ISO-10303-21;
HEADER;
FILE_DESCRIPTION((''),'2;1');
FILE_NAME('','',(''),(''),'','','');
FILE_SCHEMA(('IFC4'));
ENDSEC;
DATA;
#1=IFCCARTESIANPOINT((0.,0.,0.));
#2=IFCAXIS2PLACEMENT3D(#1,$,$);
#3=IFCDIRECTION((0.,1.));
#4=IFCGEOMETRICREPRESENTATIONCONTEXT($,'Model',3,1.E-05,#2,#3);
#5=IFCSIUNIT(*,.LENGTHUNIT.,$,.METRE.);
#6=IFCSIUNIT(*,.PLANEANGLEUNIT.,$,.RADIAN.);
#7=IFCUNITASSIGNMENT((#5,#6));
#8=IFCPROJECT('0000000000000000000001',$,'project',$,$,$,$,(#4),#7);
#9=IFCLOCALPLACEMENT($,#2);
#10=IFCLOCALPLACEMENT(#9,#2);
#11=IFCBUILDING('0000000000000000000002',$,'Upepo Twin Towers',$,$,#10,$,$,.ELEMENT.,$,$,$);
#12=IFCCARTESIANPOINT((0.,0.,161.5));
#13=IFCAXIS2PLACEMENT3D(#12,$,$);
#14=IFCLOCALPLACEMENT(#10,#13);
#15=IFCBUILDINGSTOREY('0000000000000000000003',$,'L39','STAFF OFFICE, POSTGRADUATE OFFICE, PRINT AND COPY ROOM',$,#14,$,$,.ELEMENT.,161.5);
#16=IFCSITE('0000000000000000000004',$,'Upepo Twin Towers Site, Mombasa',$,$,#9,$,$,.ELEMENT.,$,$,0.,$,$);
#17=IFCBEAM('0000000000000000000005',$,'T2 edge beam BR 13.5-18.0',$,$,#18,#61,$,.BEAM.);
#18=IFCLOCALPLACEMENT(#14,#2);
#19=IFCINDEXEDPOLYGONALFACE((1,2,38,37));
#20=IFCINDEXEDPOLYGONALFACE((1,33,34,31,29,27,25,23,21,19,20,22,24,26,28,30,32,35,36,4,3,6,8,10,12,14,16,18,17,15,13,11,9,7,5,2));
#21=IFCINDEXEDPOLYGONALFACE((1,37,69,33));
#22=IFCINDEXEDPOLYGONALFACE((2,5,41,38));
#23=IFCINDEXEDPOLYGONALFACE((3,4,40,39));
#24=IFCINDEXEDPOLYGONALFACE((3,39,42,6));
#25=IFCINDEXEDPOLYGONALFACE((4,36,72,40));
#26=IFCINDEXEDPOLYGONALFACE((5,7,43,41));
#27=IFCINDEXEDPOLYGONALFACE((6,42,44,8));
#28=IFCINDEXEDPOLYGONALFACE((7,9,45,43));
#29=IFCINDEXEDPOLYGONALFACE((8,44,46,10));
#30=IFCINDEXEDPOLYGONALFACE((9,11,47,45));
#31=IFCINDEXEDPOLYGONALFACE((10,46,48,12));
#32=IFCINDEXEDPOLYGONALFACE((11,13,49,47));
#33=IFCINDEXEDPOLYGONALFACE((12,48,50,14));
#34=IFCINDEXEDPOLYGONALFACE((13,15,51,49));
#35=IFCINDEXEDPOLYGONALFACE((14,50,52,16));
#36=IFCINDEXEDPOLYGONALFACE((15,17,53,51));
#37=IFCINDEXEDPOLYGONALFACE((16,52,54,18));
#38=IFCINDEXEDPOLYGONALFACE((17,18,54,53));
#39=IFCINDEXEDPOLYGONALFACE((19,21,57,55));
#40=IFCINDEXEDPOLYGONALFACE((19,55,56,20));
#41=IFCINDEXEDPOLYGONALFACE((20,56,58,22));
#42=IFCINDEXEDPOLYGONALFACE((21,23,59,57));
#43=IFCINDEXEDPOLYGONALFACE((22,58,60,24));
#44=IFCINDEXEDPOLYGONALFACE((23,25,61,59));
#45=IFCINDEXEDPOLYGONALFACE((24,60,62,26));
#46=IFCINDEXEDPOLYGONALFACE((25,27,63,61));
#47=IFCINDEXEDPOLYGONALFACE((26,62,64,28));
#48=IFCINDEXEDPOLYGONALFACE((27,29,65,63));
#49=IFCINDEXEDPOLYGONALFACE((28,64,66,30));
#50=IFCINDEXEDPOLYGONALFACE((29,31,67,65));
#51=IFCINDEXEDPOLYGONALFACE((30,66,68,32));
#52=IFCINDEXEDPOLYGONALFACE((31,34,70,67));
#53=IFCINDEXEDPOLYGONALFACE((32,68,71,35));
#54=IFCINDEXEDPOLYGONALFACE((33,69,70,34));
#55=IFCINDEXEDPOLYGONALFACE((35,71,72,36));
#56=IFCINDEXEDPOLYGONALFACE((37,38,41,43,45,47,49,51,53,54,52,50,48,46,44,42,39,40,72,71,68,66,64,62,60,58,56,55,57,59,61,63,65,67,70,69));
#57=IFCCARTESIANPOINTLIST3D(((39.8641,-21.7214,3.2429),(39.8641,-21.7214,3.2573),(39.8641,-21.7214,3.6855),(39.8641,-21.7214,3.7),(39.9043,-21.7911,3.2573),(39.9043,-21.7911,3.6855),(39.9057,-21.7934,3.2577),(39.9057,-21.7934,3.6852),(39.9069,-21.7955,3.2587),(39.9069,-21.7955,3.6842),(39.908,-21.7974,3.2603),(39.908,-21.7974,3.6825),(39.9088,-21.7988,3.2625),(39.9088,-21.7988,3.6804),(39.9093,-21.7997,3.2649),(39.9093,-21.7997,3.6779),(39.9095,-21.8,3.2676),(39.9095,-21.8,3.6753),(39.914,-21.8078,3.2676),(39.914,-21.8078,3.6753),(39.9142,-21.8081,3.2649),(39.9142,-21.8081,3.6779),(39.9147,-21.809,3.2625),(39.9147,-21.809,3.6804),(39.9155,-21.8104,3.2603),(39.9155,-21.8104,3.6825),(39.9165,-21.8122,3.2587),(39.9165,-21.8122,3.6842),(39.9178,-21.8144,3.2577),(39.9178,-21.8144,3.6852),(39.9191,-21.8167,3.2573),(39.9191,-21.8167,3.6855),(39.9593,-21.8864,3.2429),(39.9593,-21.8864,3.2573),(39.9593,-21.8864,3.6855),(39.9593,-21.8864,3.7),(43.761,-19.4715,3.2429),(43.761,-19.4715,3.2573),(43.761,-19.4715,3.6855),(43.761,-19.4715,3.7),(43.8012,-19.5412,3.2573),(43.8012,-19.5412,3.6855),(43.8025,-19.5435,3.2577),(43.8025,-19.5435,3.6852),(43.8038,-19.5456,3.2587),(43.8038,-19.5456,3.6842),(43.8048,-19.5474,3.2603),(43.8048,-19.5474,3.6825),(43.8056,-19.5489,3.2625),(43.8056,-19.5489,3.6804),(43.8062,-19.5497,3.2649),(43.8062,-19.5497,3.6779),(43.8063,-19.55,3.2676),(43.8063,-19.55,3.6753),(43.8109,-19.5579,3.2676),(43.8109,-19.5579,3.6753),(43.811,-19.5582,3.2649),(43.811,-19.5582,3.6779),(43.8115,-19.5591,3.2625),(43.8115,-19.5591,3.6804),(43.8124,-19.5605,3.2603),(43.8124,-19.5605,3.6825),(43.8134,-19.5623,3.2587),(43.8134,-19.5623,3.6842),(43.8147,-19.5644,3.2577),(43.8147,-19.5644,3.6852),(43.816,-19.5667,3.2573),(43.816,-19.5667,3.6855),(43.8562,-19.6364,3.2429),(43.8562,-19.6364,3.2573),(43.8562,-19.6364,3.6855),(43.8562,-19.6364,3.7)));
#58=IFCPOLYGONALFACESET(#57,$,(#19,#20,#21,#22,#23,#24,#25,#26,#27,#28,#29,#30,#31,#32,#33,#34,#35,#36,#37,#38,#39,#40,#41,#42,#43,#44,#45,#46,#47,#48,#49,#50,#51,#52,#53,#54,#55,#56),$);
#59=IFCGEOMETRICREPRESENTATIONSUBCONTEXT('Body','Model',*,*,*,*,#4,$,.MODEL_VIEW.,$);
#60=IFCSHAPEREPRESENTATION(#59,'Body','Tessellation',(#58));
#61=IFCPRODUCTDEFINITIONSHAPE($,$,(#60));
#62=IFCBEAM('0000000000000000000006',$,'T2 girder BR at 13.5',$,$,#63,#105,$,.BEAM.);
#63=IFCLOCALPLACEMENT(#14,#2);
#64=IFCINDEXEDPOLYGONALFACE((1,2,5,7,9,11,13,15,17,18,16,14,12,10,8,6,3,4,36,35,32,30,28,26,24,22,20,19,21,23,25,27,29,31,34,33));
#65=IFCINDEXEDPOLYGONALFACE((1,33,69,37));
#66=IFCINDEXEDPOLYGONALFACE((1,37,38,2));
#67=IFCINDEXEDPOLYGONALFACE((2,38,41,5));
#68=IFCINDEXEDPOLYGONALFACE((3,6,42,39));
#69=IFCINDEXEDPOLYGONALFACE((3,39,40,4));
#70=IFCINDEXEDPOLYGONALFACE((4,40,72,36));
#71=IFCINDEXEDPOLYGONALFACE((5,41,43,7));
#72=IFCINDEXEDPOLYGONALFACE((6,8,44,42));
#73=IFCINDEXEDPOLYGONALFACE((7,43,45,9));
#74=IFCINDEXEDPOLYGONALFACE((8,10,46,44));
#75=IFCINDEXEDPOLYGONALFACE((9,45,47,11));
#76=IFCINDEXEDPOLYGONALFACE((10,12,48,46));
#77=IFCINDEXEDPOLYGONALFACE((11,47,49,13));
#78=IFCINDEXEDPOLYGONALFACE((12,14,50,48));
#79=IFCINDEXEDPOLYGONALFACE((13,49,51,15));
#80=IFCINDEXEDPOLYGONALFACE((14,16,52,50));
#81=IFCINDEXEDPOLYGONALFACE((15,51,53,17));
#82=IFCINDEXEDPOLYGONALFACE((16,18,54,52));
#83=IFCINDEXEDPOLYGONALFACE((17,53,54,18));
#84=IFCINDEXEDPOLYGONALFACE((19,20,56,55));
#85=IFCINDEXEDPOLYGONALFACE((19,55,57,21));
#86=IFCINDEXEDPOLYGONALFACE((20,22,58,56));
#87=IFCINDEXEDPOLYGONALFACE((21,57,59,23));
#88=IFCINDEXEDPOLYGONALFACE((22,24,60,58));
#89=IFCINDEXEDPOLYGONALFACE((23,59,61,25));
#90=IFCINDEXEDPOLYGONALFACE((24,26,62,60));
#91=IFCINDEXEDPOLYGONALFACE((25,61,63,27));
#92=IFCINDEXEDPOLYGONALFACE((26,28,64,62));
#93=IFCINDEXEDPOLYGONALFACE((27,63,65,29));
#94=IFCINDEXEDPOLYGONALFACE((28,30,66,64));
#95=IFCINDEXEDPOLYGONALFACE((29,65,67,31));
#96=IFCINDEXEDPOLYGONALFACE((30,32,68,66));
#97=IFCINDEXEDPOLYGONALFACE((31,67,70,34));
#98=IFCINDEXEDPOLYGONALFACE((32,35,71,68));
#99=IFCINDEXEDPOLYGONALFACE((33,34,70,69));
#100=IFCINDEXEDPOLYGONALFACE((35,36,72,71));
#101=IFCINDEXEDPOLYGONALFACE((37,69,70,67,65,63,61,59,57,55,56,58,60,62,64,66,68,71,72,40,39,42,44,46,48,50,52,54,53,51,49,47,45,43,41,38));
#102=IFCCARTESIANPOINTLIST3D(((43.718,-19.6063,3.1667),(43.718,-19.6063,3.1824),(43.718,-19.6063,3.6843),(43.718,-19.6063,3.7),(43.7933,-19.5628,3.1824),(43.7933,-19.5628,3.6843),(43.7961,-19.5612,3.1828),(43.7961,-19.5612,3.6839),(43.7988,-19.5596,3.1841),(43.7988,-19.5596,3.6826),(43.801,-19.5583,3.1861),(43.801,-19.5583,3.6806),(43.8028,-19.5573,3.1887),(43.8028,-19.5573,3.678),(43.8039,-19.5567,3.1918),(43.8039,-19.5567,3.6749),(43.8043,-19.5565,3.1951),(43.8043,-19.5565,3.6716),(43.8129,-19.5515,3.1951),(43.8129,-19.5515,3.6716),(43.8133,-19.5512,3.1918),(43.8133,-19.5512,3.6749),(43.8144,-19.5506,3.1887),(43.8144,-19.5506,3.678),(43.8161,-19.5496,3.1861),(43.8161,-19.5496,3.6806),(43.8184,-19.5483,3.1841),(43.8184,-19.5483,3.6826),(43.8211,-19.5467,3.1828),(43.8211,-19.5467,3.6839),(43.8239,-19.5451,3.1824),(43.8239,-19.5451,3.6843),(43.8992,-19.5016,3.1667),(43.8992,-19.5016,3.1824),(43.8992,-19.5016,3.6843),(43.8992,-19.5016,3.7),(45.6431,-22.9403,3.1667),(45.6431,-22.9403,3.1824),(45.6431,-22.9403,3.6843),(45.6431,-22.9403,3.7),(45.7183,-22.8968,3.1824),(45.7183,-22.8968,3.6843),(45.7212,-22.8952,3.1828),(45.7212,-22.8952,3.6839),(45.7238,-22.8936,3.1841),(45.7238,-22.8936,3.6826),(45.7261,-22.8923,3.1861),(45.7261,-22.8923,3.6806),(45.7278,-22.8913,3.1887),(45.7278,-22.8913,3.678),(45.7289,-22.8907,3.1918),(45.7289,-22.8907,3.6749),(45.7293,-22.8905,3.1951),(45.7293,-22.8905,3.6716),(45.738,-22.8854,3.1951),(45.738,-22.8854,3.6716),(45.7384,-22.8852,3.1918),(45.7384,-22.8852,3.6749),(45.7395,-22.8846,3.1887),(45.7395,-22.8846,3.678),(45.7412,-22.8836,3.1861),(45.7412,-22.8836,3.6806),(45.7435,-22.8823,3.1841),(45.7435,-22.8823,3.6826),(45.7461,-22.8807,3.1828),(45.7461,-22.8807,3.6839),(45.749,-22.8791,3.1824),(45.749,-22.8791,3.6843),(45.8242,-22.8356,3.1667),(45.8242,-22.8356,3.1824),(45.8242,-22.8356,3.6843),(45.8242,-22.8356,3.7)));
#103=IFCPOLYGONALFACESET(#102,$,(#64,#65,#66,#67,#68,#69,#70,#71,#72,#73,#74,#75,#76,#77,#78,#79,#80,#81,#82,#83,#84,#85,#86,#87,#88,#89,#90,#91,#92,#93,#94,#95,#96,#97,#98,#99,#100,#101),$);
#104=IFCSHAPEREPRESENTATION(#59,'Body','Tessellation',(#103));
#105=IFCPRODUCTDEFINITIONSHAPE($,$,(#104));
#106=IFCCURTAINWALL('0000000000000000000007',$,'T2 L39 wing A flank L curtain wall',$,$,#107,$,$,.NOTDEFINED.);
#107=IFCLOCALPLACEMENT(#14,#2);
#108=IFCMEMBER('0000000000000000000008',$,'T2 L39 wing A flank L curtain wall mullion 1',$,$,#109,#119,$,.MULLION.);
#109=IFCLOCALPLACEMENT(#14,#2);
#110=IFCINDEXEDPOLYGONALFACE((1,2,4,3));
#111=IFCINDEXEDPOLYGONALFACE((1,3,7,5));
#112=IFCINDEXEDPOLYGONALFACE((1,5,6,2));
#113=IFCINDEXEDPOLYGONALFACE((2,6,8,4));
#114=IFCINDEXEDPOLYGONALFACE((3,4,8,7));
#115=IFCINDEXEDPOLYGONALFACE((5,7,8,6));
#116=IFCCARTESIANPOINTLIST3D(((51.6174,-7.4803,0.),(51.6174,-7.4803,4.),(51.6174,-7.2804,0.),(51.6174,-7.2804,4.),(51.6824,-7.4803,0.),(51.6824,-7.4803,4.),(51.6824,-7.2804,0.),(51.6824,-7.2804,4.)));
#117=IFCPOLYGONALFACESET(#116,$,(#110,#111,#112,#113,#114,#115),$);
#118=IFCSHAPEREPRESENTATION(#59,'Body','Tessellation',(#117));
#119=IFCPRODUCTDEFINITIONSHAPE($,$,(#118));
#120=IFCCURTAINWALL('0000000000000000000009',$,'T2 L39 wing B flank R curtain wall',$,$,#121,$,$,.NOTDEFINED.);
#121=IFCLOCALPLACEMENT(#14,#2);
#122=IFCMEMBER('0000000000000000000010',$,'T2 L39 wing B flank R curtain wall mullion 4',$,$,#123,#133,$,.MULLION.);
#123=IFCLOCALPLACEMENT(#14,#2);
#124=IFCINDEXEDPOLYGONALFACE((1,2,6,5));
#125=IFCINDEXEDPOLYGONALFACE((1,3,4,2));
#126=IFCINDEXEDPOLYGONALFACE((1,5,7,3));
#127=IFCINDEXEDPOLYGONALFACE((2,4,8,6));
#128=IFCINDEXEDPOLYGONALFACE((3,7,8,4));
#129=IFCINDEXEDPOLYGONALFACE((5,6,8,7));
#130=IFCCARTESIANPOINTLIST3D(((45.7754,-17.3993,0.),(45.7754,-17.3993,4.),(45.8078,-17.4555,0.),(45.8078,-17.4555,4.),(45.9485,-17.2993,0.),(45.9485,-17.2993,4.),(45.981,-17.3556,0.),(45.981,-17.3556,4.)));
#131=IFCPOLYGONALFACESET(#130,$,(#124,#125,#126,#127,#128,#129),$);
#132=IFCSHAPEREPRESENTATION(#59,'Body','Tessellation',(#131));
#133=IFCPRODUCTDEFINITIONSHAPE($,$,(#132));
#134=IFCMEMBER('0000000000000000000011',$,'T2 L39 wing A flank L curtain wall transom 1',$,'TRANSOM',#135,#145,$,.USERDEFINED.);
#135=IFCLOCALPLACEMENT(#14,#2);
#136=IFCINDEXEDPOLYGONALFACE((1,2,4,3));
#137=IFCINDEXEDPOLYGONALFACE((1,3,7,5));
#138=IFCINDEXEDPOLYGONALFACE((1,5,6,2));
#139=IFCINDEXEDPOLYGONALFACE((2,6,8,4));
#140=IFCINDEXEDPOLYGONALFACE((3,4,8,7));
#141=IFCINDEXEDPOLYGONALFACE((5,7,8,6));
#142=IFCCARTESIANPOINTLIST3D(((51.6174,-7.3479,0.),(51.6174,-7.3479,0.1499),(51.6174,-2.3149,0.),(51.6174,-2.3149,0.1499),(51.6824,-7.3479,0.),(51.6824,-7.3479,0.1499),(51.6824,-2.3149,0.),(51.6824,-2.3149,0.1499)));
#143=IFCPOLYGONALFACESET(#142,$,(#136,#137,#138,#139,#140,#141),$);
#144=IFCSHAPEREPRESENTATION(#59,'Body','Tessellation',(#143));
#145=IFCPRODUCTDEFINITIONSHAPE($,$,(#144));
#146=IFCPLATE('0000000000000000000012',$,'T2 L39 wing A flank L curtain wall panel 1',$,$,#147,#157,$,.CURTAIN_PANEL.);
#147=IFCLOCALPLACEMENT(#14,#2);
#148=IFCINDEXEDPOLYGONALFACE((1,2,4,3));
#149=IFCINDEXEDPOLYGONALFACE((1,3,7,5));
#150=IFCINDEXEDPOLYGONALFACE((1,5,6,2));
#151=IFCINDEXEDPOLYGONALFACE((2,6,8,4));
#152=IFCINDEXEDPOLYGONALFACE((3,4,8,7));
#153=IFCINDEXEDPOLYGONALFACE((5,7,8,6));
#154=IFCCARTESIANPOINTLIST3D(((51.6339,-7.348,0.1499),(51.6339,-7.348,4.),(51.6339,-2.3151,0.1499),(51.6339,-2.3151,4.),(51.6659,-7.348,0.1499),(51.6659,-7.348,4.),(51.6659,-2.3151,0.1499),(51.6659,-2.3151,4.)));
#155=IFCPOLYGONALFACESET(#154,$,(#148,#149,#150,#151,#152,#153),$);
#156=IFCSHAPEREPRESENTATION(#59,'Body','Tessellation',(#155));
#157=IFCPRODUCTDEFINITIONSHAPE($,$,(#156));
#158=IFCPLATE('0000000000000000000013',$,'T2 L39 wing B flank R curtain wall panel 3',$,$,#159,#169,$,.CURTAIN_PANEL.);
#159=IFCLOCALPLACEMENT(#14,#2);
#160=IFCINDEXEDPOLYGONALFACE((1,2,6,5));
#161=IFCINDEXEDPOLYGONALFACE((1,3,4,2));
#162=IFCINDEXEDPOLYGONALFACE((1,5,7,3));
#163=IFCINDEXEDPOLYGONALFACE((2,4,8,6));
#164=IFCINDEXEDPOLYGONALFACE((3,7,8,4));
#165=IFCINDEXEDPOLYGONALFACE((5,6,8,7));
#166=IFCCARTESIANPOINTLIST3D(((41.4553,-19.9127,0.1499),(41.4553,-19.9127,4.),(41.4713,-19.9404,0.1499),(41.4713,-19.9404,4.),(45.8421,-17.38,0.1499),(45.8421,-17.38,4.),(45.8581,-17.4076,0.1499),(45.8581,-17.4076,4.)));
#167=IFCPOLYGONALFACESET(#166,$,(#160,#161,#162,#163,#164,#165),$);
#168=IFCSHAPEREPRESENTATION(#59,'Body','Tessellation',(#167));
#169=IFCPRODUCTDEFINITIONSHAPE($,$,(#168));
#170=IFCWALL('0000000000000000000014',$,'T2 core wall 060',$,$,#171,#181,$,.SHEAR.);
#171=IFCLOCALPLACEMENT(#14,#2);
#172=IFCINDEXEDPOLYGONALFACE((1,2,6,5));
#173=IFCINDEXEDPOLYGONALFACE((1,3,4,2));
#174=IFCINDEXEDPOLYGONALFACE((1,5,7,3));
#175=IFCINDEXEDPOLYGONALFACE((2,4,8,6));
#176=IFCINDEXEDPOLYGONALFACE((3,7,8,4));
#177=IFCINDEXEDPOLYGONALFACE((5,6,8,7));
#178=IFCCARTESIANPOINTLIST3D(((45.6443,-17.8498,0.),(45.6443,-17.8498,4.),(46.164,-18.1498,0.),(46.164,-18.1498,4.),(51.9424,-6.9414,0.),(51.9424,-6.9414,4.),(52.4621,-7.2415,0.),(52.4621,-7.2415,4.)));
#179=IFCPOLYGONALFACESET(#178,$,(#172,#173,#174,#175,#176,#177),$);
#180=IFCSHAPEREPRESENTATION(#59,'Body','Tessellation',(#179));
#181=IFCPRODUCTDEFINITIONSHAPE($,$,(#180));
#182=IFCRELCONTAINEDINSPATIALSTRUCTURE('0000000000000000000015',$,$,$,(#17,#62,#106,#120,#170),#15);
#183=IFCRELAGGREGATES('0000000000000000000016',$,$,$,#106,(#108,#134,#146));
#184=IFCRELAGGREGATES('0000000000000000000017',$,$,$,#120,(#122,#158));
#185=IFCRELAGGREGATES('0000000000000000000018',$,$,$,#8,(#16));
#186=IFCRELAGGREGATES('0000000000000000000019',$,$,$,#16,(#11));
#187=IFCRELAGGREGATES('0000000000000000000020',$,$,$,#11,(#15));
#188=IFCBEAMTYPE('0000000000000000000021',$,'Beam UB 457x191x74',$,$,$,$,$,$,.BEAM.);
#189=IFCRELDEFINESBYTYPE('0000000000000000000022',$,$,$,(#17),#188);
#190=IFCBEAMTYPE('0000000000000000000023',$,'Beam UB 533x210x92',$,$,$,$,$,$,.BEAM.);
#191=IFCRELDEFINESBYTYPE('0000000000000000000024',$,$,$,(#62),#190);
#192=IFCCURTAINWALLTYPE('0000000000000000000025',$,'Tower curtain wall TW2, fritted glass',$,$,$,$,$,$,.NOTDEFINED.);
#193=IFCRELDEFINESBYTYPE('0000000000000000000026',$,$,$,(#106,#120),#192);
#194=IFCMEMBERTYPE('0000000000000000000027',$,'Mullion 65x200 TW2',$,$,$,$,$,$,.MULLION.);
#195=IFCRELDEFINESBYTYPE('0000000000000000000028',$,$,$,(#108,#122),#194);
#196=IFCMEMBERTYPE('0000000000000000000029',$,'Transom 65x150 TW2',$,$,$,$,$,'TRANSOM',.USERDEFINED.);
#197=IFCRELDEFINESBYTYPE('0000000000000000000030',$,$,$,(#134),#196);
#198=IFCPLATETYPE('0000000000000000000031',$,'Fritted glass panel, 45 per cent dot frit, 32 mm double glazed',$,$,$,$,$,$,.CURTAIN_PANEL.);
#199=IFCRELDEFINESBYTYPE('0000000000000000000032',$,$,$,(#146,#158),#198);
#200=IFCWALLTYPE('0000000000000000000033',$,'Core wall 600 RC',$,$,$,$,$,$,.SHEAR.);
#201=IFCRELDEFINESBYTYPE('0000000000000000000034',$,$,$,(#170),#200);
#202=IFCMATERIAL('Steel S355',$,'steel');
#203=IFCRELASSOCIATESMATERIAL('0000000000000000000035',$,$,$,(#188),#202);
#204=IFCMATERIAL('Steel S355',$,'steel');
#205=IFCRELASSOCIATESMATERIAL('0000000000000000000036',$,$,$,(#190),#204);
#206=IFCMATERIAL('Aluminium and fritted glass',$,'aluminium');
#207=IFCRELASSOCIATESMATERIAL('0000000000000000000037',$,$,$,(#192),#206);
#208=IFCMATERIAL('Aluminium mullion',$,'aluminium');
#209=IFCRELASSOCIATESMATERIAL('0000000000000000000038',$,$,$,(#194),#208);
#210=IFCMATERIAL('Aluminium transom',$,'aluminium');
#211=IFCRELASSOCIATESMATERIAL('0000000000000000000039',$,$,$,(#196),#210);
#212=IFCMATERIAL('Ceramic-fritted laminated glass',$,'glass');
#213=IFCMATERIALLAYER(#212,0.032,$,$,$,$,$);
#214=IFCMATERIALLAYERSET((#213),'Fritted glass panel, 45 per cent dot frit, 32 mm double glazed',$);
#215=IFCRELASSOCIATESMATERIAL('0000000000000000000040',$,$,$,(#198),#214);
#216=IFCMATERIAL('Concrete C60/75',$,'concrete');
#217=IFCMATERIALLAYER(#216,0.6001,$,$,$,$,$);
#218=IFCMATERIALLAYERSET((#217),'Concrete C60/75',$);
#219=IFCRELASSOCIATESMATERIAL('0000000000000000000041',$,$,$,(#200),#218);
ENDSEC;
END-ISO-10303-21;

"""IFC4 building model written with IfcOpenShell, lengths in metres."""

from ifc_helpers import new_model, si_unit, direction, frame, frame_2d, origin, origin_2d, place, context, subcontext, project, spatial, rectangle, i_section, extrude, material, layer, layer_set, material_profile, profile_set, type_object, element, aggregate, save


model = new_model("IFC4")

# Units and contexts
model_context = context("Model", 3, precision=1e-05, world=origin(), true_north=direction((0.0, 1.0)))
body_context = subcontext(model_context, "Body", "Model", "MODEL_VIEW")
ifc_project = project(units=[si_unit("LENGTHUNIT", "METRE"), si_unit("PLANEANGLEUNIT", "RADIAN")], contexts=[model_context])

# Site, building, storey
site_placement = place(None, origin())
site = spatial("IfcSite", under=ifc_project, at=site_placement, Name="Upepo Twin Towers Site, Mombasa", CompositionType="ELEMENT", RefElevation=0.0)
building_placement = place(site_placement, origin())
building = spatial("IfcBuilding", under=site, at=building_placement, Name="Upepo Twin Towers", CompositionType="ELEMENT")
storey_placement = place(building_placement, frame((0.0, 0.0, 161.5)))
storey = spatial("IfcBuildingStorey", under=building, at=storey_placement, Name="L39", Description="STAFF OFFICE, POSTGRADUATE OFFICE, PRINT AND COPY ROOM", CompositionType="ELEMENT", Elevation=161.5)

# Beams
ifc_material_1 = material(Name="Steel S355", Category="steel")
ifc_material_profile_1 = material_profile(ifc_material_1, i_section(OverallWidth=0.1904, OverallDepth=0.457, WebThickness=0.009, FlangeThickness=0.0144, FilletRadius=0.0103, at=origin_2d()), Name="UB 457x191x74")
ifc_profile_set_1 = profile_set([ifc_material_profile_1], Name="Steel S355")
beam_type_1 = type_object("IfcBeamType", Name="Beam UB 457x191x74", PredefinedType="BEAM", material=ifc_profile_set_1)
beam_1_placement = place(storey_placement, frame((43.8086, -19.554, 3.4714), z_axis=(-0.866018, -0.500014, 0.0), x_axis=(0.500014, -0.866018, 0.0)))
element("IfcBeam", 1, at=beam_1_placement, inside=storey, type_object=beam_type_1, Name="T2 edge beam BR 13.5-18.0", PredefinedType="BEAM", context=body_context, shape_type="SweptSolid", body=[
    extrude(i_section(OverallWidth=0.1904, OverallDepth=0.457, WebThickness=0.009, FlangeThickness=0.0144, FilletRadius=0.0103, at=origin_2d()), origin(), (0.0, 0.0, 1.0), 4.4998),
])
ifc_material_2 = material(Name="Steel S355", Category="steel")
ifc_material_profile_2 = material_profile(ifc_material_2, i_section(OverallWidth=0.2092, OverallDepth=0.5332, WebThickness=0.01, FlangeThickness=0.0156, FilletRadius=0.0127, at=origin_2d()), Name="UB 533x210x92")
ifc_profile_set_2 = profile_set([ifc_material_profile_2], Name="Steel S355")
beam_type_2 = type_object("IfcBeamType", Name="Beam UB 533x210x92", PredefinedType="BEAM", material=ifc_profile_set_2)
beam_2_placement = place(storey_placement, frame((43.8086, -19.554, 3.4333), z_axis=(0.500034, -0.866006, 0.0), x_axis=(0.866006, 0.500034, 0.0)))
element("IfcBeam", 2, at=beam_2_placement, inside=storey, type_object=beam_type_2, Name="T2 girder BR at 13.5", PredefinedType="BEAM", context=body_context, shape_type="SweptSolid", body=[
    extrude(i_section(OverallWidth=0.2092, OverallDepth=0.5332, WebThickness=0.01, FlangeThickness=0.0156, FilletRadius=0.0127, at=origin_2d()), origin(), (0.0, 0.0, 1.0), 3.8499),
])

# Curtain walls, members
ifc_material_3 = material(Name="Aluminium and fritted glass", Category="aluminium")
curtain_wall_type = type_object("IfcCurtainWallType", Name="Tower curtain wall TW2, fritted glass", PredefinedType="NOTDEFINED", material=ifc_material_3)
curtain_wall_1_placement = place(storey_placement, origin())
curtain_wall_1 = element("IfcCurtainWall", 3, at=curtain_wall_1_placement, inside=storey, type_object=curtain_wall_type, Name="T2 L39 wing A flank L curtain wall", PredefinedType="NOTDEFINED")
ifc_material_4 = material(Name="Aluminium mullion", Category="aluminium")
ifc_material_profile_3 = material_profile(ifc_material_4, rectangle(XDim=0.0649, YDim=0.2, at=origin_2d()), Name="MULLION 65x200")
ifc_profile_set_3 = profile_set([ifc_material_profile_3], Name="Aluminium mullion")
member_type_1 = type_object("IfcMemberType", Name="Mullion 65x200 TW2", PredefinedType="MULLION", material=ifc_profile_set_3)
member_1_placement = place(storey_placement, frame((51.6499, -7.3804, 0.0), z_axis=(0.0, 0.0, 1.0), x_axis=(-1.0, 0.0, 0.0)))
member_1 = element("IfcMember", 4, at=member_1_placement, type_object=member_type_1, Name="T2 L39 wing A flank L curtain wall mullion 1", PredefinedType="MULLION", context=body_context, shape_type="SweptSolid", body=[
    extrude(rectangle(XDim=0.0649, YDim=0.2, at=origin_2d()), origin(), (0.0, 0.0, 1.0), 4.0),
])
curtain_wall_2_placement = place(storey_placement, origin())
curtain_wall_2 = element("IfcCurtainWall", 5, at=curtain_wall_2_placement, inside=storey, type_object=curtain_wall_type, Name="T2 L39 wing B flank R curtain wall", PredefinedType="NOTDEFINED")
member_2_placement = place(storey_placement, frame((45.8782, -17.3774, 0.0), z_axis=(0.0, 0.0, 1.0), x_axis=(-0.5, 0.866025, 0.0)))
member_2 = element("IfcMember", 6, at=member_2_placement, type_object=member_type_1, Name="T2 L39 wing B flank R curtain wall mullion 4", PredefinedType="MULLION", context=body_context, shape_type="SweptSolid", body=[
    extrude(rectangle(XDim=0.0649, YDim=0.2, at=origin_2d()), origin(), (0.0, 0.0, 1.0), 4.0),
])

# Member
ifc_material_5 = material(Name="Aluminium transom", Category="aluminium")
ifc_material_profile_4 = material_profile(ifc_material_5, rectangle(XDim=0.0649, YDim=0.1499, at=origin_2d()), Name="TRANSOM 65x150")
ifc_profile_set_4 = profile_set([ifc_material_profile_4], Name="Aluminium transom")
member_type_2 = type_object("IfcMemberType", Name="Transom 65x150 TW2", ElementType="TRANSOM", PredefinedType="USERDEFINED", material=ifc_profile_set_4)
member_3_placement = place(storey_placement, frame((51.6499, -7.3479, 0.075), z_axis=(0.0, 1.0, 0.0), x_axis=(-1.0, 0.0, 0.0)))
member_3 = element("IfcMember", 7, at=member_3_placement, type_object=member_type_2, Name="T2 L39 wing A flank L curtain wall transom 1", ObjectType="TRANSOM", PredefinedType="USERDEFINED", context=body_context, shape_type="SweptSolid", body=[
    extrude(rectangle(XDim=0.0649, YDim=0.1499, at=origin_2d()), origin(), (0.0, 0.0, 1.0), 5.033),
])

# Plates
ifc_material_6 = material(Name="Ceramic-fritted laminated glass", Category="glass")
ifc_layer_1 = layer(ifc_material_6, 0.032)
ifc_layer_set_1 = layer_set([ifc_layer_1], Name="Fritted glass panel, 45 per cent dot frit, 32 mm double glazed")
plate_type = type_object("IfcPlateType", Name="Fritted glass panel, 45 per cent dot frit, 32 mm double glazed", PredefinedType="CURTAIN_PANEL", material=ifc_layer_set_1)
plate_1_placement = place(storey_placement, frame((51.6499, -4.8315, 0.1499), z_axis=(0.0, 0.0, 1.0), x_axis=(0.0, 1.0, 0.0)))
plate_1 = element("IfcPlate", 8, at=plate_1_placement, type_object=plate_type, Name="T2 L39 wing A flank L curtain wall panel 1", PredefinedType="CURTAIN_PANEL", context=body_context, shape_type="SweptSolid", body=[
    extrude(rectangle(XDim=5.033, YDim=0.032, at=origin_2d()), origin(), (0.0, 0.0, 1.0), 3.8501),
])
aggregate(curtain_wall_1, [member_1, member_3, plate_1])
plate_2_placement = place(storey_placement, frame((43.6567, -18.6602, 0.1499), z_axis=(0.0, 0.0, 1.0), x_axis=(0.866025, 0.5, 0.0)))
plate_2 = element("IfcPlate", 9, at=plate_2_placement, type_object=plate_type, Name="T2 L39 wing B flank R curtain wall panel 3", PredefinedType="CURTAIN_PANEL", context=body_context, shape_type="SweptSolid", body=[
    extrude(rectangle(XDim=5.0654, YDim=0.032, at=origin_2d()), origin(), (0.0, 0.0, 1.0), 3.8501),
])
aggregate(curtain_wall_2, [member_2, plate_2])

# Wall
ifc_material_7 = material(Name="Concrete C60/75", Category="concrete")
ifc_layer_2 = layer(ifc_material_7, 0.6001)
ifc_layer_set_2 = layer_set([ifc_layer_2], Name="Concrete C60/75")
wall_type_1 = type_object("IfcWallType", Name="Core wall 600 RC", PredefinedType="SHEAR", material=ifc_layer_set_2)
wall_1_placement = place(storey_placement, frame((52.2021, -7.0916, 0.0), z_axis=(0.0, 0.0, 1.0), x_axis=(-0.500006, -0.866022, 0.0)))
element("IfcWall", 10, at=wall_1_placement, inside=storey, type_object=wall_type_1, Name="T2 core wall 060", PredefinedType="SHEAR", context=body_context, shape_type="SweptSolid", body=[
    extrude(rectangle(XDim=12.5959, YDim=0.6001, at=frame_2d((6.2979, 0.0))), origin(), (0.0, 0.0, 1.0), 4.0),
])

save(model, "model.ifc")
